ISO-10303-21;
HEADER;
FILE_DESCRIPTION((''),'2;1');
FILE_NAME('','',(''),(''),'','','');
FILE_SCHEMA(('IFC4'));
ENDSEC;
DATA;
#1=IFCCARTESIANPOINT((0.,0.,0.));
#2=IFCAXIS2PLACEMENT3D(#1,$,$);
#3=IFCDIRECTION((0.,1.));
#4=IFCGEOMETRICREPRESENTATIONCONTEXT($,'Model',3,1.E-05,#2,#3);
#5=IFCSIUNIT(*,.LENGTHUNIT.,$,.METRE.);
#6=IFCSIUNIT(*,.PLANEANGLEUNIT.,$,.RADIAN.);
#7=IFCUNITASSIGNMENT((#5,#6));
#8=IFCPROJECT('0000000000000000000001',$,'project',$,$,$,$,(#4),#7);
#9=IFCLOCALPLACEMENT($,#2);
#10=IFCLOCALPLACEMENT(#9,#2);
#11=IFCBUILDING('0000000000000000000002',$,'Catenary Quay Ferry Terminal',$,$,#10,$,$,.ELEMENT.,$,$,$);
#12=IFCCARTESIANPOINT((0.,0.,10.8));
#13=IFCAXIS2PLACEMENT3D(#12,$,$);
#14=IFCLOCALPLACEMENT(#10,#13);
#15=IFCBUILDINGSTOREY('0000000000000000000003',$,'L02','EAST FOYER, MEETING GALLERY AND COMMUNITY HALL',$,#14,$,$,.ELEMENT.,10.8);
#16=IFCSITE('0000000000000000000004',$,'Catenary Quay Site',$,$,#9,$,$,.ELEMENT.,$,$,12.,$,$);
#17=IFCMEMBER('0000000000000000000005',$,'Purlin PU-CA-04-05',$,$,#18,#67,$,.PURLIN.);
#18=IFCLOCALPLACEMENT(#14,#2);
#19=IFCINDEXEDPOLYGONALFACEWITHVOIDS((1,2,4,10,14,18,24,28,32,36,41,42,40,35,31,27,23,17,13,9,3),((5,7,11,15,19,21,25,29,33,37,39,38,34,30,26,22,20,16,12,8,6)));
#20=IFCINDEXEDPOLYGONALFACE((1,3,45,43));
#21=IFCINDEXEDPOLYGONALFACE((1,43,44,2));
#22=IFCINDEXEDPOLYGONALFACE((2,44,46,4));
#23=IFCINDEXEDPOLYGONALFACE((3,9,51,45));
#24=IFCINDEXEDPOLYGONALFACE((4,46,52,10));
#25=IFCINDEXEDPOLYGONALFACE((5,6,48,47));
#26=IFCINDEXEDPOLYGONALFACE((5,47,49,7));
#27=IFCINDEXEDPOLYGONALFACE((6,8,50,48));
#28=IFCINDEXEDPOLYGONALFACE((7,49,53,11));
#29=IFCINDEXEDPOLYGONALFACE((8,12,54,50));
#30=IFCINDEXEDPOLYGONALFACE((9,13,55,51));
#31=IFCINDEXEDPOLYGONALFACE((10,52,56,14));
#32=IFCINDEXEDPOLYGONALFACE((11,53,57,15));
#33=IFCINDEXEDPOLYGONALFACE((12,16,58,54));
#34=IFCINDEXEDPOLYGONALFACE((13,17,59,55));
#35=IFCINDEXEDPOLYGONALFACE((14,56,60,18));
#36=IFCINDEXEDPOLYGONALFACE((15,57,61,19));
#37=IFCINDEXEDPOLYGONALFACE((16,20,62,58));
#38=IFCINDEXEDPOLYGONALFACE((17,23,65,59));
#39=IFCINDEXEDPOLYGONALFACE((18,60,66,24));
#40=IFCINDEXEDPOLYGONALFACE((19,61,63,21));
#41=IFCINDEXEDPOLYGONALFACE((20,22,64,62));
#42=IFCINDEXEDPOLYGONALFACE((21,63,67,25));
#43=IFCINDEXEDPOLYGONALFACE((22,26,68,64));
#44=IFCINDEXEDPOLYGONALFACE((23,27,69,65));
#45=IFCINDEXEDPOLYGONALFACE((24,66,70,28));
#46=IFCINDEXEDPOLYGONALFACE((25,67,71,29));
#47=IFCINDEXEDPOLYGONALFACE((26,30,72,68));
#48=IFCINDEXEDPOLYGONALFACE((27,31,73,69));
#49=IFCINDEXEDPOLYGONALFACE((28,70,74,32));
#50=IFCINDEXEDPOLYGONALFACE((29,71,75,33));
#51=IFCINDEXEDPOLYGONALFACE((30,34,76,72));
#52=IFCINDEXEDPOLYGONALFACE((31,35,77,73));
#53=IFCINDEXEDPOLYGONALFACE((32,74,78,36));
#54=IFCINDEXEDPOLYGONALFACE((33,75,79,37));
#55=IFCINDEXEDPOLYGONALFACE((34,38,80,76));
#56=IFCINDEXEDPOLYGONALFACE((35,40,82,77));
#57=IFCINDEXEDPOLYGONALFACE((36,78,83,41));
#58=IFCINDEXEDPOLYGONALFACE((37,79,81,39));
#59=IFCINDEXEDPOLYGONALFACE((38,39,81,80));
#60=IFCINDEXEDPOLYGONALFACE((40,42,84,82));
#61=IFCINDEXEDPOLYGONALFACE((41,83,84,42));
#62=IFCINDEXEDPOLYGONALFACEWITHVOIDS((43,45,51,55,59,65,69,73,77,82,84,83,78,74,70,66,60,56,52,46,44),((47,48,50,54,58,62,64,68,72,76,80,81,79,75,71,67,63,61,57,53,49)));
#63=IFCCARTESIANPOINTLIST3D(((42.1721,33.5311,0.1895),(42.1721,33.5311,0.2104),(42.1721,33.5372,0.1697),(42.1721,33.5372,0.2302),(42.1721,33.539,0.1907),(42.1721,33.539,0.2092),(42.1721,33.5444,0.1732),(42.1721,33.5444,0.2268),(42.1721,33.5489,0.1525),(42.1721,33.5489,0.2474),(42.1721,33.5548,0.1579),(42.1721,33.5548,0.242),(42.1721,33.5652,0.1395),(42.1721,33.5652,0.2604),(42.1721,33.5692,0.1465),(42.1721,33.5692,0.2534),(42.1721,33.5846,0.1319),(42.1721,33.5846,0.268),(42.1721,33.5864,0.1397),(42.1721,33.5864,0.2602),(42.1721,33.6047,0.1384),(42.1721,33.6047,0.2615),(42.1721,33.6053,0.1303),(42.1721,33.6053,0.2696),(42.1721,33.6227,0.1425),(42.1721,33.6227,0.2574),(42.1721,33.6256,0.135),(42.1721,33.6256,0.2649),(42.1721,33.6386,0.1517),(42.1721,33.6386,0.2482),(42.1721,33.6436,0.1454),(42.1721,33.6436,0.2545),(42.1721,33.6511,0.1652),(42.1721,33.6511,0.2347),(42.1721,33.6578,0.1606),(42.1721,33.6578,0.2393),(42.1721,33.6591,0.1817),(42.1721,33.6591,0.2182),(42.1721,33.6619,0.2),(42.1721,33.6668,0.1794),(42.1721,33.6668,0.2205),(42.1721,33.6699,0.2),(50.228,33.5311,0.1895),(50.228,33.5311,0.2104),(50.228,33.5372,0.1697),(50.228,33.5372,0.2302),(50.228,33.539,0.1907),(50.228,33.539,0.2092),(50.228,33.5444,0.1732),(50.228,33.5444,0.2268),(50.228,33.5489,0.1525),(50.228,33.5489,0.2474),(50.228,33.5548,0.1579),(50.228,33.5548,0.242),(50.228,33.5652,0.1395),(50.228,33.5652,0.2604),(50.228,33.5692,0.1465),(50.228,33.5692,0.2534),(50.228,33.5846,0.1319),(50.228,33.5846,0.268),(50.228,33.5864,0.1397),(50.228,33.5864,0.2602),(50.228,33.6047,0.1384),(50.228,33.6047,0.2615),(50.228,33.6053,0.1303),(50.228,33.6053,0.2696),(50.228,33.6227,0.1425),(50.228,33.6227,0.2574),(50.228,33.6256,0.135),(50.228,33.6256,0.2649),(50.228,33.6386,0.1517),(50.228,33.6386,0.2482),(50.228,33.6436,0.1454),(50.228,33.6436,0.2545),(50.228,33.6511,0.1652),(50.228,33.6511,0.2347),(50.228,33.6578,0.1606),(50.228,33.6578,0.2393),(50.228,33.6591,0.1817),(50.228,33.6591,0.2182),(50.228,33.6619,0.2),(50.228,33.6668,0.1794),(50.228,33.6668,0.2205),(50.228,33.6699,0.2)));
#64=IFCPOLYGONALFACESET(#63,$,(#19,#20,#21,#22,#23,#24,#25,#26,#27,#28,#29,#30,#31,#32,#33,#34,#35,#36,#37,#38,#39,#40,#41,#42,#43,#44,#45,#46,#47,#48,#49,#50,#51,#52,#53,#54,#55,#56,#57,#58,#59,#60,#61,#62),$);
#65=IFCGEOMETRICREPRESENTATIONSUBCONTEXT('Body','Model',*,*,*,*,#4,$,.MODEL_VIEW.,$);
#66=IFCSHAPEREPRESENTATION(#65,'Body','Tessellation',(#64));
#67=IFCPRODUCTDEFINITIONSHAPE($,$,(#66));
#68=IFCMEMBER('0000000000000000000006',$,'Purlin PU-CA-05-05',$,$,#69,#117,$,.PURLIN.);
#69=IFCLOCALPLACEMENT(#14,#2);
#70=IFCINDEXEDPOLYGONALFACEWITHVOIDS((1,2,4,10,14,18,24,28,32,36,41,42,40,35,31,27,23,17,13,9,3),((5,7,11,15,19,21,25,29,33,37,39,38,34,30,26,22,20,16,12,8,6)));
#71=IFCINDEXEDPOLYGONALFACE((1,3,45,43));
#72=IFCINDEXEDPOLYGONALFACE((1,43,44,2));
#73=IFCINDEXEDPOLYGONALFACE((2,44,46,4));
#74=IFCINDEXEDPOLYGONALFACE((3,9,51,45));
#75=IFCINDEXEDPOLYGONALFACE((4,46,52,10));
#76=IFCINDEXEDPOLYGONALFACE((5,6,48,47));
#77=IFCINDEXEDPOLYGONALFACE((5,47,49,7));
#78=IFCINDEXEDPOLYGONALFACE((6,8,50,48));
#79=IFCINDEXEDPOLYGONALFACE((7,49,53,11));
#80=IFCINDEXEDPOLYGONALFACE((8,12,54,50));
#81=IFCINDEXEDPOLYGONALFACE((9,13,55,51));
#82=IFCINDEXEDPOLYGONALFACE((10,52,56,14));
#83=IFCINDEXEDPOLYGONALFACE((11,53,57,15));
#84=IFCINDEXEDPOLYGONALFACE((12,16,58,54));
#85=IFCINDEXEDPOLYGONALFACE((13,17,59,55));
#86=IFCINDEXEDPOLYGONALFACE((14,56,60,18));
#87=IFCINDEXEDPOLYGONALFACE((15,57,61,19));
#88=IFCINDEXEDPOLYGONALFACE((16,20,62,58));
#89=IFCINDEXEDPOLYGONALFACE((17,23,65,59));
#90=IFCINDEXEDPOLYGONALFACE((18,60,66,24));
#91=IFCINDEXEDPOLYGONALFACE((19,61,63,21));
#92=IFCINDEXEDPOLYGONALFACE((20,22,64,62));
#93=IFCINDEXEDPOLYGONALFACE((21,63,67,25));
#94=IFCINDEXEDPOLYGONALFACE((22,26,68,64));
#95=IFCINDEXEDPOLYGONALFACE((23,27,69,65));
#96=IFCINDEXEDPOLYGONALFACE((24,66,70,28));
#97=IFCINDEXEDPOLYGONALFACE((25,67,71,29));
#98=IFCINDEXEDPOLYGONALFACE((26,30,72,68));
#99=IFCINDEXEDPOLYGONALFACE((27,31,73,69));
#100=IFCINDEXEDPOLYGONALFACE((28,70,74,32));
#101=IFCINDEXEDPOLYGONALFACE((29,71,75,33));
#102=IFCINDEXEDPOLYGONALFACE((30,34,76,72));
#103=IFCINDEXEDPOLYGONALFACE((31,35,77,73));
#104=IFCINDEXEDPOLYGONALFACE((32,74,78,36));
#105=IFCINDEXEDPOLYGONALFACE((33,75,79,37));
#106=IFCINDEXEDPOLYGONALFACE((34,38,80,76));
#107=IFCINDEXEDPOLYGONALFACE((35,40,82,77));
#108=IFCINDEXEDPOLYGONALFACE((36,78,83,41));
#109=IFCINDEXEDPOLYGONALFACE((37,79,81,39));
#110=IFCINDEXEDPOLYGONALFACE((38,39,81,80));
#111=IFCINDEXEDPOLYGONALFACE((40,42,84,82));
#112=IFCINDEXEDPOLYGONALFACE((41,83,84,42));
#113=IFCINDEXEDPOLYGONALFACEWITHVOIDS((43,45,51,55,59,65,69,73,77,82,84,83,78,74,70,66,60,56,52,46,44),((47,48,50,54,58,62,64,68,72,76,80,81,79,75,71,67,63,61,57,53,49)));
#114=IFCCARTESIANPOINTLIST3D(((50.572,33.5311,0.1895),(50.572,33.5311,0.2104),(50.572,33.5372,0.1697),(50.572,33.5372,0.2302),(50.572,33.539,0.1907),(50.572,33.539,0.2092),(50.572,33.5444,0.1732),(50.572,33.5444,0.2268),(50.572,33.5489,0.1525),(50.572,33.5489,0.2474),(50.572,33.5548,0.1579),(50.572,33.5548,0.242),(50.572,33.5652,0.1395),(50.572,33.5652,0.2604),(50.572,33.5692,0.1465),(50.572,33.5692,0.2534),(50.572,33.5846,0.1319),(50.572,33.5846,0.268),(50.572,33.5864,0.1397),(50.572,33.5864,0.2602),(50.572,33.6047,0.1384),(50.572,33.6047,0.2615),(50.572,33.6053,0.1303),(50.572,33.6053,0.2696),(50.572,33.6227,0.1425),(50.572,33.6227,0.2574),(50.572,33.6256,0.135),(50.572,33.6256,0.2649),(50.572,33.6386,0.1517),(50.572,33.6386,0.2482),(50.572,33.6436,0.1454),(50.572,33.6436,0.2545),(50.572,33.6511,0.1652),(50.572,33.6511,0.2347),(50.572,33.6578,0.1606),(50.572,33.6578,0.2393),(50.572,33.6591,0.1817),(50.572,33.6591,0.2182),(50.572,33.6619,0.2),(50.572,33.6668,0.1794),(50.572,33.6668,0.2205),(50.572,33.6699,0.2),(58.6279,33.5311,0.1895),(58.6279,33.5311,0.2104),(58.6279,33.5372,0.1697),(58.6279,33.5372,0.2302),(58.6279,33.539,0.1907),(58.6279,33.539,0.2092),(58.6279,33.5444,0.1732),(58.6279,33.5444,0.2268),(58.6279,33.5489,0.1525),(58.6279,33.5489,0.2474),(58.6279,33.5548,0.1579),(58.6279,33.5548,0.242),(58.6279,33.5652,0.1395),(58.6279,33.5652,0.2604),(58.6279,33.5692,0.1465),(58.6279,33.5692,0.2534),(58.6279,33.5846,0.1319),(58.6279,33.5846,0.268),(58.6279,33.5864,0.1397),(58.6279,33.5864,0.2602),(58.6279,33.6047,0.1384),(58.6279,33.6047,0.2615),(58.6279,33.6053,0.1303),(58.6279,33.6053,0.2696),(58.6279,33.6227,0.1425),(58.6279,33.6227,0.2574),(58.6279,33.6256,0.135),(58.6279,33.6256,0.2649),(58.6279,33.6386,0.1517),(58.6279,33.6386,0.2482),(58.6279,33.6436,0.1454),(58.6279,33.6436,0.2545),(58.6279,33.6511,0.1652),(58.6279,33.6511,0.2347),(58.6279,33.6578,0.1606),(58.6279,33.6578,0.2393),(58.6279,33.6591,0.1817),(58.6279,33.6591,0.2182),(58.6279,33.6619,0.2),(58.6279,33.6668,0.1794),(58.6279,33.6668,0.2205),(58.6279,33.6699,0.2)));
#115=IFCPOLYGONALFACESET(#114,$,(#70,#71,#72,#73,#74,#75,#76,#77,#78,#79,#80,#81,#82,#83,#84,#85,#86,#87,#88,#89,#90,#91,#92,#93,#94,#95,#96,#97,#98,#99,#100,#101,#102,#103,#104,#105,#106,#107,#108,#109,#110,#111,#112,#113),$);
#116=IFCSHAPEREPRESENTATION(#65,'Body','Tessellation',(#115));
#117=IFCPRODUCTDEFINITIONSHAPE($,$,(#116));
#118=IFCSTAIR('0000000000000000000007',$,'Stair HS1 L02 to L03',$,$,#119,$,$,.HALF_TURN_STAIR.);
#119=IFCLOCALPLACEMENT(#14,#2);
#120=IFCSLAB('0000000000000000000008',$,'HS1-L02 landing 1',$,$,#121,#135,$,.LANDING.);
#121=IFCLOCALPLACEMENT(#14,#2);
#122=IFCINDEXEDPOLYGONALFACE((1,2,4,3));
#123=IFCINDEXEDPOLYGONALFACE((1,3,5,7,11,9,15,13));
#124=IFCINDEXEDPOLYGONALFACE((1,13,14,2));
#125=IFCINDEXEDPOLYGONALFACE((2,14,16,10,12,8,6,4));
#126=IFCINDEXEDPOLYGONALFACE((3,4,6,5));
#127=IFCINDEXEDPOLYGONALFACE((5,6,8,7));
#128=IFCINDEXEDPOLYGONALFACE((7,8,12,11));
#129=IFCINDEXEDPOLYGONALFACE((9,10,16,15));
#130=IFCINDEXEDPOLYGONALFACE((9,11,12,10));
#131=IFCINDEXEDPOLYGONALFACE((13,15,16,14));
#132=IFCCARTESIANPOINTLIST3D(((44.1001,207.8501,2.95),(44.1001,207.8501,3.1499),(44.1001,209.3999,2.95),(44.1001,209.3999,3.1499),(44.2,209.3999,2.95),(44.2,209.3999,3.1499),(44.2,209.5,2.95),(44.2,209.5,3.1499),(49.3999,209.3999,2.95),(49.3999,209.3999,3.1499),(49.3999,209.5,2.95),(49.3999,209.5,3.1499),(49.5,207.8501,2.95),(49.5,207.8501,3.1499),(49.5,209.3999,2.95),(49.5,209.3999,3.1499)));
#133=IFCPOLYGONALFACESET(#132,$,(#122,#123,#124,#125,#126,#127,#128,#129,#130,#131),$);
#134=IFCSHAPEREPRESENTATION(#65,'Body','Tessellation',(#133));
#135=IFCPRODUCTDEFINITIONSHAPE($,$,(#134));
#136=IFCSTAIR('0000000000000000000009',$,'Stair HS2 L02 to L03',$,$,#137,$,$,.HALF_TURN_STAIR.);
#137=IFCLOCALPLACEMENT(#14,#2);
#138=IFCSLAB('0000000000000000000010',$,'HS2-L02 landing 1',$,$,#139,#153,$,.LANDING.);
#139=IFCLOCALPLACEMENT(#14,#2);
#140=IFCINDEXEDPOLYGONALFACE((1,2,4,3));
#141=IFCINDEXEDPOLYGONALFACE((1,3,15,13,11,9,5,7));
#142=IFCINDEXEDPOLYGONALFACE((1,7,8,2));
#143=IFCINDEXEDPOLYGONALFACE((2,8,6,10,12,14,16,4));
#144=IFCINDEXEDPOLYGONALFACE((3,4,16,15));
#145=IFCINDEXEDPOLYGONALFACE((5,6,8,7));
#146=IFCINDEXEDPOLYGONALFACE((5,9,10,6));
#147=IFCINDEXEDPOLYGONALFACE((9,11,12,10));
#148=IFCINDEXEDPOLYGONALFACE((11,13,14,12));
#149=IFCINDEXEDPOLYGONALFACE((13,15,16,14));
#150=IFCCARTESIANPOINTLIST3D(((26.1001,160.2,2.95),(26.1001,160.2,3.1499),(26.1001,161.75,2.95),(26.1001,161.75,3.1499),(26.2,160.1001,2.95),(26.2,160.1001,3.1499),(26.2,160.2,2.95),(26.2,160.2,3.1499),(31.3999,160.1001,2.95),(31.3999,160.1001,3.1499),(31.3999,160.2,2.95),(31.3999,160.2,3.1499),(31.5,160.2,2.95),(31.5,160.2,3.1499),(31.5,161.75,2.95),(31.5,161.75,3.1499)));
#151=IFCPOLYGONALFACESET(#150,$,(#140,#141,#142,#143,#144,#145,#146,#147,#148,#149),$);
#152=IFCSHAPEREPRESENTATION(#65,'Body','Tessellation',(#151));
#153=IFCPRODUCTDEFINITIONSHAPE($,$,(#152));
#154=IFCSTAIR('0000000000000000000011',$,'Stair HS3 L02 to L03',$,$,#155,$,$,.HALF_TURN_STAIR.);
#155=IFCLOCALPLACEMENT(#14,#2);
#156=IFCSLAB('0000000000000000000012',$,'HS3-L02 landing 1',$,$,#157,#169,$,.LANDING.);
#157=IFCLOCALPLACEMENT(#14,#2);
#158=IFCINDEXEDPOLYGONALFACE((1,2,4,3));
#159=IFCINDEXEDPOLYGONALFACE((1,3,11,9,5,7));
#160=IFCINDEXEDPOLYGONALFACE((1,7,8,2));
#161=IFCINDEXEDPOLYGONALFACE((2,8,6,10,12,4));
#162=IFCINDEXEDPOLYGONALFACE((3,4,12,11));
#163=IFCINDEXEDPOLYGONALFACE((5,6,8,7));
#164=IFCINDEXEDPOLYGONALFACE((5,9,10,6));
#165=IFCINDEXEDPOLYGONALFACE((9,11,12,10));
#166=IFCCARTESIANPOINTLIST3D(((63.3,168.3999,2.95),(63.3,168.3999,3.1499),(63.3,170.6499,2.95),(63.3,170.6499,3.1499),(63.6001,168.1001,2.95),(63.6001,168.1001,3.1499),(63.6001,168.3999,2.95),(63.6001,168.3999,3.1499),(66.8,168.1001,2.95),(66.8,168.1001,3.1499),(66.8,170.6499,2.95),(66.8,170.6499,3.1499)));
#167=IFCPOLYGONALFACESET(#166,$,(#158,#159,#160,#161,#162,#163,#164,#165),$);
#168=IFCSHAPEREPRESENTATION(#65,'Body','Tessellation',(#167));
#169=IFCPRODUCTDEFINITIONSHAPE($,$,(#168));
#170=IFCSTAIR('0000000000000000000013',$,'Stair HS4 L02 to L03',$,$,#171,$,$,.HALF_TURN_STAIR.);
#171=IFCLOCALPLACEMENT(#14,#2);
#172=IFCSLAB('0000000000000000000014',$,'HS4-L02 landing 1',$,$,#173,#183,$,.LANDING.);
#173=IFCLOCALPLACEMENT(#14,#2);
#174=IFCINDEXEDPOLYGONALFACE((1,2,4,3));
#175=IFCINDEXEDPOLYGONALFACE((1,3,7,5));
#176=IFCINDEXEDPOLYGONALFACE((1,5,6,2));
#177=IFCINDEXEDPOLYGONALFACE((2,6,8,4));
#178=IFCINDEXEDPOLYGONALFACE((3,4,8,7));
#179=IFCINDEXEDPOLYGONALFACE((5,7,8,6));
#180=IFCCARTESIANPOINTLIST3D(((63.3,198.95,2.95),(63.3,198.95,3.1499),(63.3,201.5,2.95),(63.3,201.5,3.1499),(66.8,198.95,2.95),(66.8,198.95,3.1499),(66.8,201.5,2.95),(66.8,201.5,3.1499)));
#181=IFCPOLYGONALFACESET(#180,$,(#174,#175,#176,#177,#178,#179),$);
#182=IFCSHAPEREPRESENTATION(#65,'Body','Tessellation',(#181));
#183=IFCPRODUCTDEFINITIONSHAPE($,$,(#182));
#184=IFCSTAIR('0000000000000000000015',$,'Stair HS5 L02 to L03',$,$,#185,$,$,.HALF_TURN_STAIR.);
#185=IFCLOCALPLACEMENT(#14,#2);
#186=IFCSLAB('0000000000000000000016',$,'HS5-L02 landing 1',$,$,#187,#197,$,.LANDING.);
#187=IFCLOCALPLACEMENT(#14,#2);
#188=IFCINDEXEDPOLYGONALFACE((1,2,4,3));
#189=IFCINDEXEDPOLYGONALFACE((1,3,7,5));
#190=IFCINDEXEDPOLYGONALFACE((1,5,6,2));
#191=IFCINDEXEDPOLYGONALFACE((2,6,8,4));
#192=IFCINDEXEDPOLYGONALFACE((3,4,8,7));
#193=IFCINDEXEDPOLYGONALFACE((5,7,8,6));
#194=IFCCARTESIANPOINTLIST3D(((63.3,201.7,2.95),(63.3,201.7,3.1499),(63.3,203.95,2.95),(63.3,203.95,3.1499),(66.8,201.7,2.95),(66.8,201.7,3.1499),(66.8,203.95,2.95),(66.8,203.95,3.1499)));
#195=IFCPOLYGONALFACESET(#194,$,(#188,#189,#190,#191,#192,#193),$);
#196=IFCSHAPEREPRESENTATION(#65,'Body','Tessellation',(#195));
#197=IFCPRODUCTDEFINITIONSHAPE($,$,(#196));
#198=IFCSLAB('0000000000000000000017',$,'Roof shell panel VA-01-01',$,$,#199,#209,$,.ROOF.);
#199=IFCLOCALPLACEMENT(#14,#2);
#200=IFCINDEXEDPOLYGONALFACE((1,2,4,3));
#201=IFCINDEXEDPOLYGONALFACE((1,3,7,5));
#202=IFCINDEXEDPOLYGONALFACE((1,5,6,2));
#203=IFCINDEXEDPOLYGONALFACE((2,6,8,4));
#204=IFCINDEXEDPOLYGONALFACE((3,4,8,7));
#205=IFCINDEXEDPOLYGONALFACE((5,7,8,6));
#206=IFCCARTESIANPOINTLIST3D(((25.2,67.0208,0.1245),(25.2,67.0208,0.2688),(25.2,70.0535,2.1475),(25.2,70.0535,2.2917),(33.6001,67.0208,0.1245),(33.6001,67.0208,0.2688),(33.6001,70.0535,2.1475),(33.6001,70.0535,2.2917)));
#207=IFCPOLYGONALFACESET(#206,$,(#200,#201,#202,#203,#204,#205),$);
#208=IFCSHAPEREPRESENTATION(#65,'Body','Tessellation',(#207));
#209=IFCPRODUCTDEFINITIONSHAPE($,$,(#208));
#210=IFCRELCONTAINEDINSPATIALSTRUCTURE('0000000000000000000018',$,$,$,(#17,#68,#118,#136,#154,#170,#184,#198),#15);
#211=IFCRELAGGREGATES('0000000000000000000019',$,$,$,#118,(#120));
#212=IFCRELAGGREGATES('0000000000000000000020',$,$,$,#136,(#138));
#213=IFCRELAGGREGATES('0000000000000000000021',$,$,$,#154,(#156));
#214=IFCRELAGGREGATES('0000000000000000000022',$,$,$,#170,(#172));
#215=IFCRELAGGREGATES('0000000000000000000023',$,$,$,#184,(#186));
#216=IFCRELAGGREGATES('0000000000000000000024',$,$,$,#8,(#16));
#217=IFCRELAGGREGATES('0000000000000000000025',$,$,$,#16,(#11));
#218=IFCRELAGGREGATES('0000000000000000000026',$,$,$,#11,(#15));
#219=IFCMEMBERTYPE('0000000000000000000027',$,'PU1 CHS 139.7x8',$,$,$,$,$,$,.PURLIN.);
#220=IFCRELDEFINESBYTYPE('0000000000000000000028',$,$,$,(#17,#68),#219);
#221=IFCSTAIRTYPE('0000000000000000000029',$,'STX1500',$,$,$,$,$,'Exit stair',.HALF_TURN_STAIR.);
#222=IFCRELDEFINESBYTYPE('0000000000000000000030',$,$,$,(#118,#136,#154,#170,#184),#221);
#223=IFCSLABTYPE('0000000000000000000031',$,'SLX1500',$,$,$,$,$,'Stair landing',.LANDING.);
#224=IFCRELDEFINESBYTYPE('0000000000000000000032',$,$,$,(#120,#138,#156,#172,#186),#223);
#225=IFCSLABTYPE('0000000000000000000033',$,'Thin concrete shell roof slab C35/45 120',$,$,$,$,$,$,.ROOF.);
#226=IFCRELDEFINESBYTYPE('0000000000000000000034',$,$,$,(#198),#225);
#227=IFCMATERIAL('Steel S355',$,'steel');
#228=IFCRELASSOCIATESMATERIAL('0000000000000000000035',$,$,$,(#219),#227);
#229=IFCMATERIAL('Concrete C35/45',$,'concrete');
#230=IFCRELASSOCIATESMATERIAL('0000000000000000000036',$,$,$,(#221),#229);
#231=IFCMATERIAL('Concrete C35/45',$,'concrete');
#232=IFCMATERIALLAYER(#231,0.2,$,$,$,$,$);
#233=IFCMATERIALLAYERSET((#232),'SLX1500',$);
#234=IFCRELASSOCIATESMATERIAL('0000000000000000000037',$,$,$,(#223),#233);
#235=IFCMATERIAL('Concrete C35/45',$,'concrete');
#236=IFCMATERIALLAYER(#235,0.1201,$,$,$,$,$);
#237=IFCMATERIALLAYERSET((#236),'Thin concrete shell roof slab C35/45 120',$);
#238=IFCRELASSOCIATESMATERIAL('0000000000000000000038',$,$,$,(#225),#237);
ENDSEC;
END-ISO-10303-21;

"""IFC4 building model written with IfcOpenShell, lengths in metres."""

from ifc_helpers import new_model, si_unit, direction, frame, origin, origin_2d, place, context, subcontext, project, spatial, polyline, hollow_circle, outline, extrude, material, layer, layer_set, material_profile, profile_set, type_object, element, aggregate, save


model = new_model("IFC4")

# Units and contexts
model_context = context("Model", 3, precision=1e-05, world=origin(), true_north=direction((0.0, 1.0)))
body_context = subcontext(model_context, "Body", "Model", "MODEL_VIEW")
ifc_project = project(units=[si_unit("LENGTHUNIT", "METRE"), si_unit("PLANEANGLEUNIT", "RADIAN")], contexts=[model_context])

# Site, building, storey
site_placement = place(None, origin())
site = spatial("IfcSite", under=ifc_project, at=site_placement, Name="Catenary Quay Site", CompositionType="ELEMENT", RefElevation=12.0)
building_placement = place(site_placement, origin())
building = spatial("IfcBuilding", under=site, at=building_placement, Name="Catenary Quay Ferry Terminal", CompositionType="ELEMENT")
storey_placement = place(building_placement, frame((0.0, 0.0, 10.8)))
storey = spatial("IfcBuildingStorey", under=building, at=storey_placement, Name="L02", Description="EAST FOYER, MEETING GALLERY AND COMMUNITY HALL", CompositionType="ELEMENT", Elevation=10.8)

# Members
ifc_material_1 = material(Name="Steel S355", Category="steel")
ifc_material_profile = material_profile(ifc_material_1, hollow_circle(Radius=0.0698, WallThickness=0.0081, at=origin_2d()), Name="CHS 139.7x8")
ifc_profile_set = profile_set([ifc_material_profile], Name="Steel S355")
member_type = type_object("IfcMemberType", Name="PU1 CHS 139.7x8", PredefinedType="PURLIN", material=ifc_profile_set)
for number, where, z_axis, x_axis, name in (
    (1, (42.1721, 33.6001, 0.2), (1.0, 0.0, 0.0), (0.0, 1.0, 0.0), "Purlin PU-CA-04-05"),
    (2, (50.572, 33.6001, 0.2), (1.0, 0.0, 0.0), (0.0, 1.0, 0.0), "Purlin PU-CA-05-05"),
):
    element("IfcMember", number, at=place(storey_placement, frame(where, z_axis=z_axis, x_axis=x_axis)), inside=storey, type_object=member_type, Name=name, PredefinedType="PURLIN", context=body_context, shape_type="SweptSolid", body=[
        extrude(hollow_circle(Radius=0.0698, WallThickness=0.0081, at=origin_2d()), origin(), (0.0, 0.0, 1.0), 8.0559),
    ])

# Stairs, slabs
ifc_material_2 = material(Name="Concrete C35/45", Category="concrete")
stair_type = type_object("IfcStairType", Name="STX1500", ElementType="Exit stair", PredefinedType="HALF_TURN_STAIR", material=ifc_material_2)
stair_1_placement = place(storey_placement, origin())
stair_1 = element("IfcStair", 3, at=stair_1_placement, inside=storey, type_object=stair_type, Name="Stair HS1 L02 to L03", PredefinedType="HALF_TURN_STAIR")
ifc_material_3 = material(Name="Concrete C35/45", Category="concrete")
ifc_layer_1 = layer(ifc_material_3, 0.2)
ifc_layer_set_1 = layer_set([ifc_layer_1], Name="SLX1500")
slab_type_1 = type_object("IfcSlabType", Name="SLX1500", ElementType="Stair landing", PredefinedType="LANDING", material=ifc_layer_set_1)
slab_1_placement = place(storey_placement, frame((0.0, 0.0, 2.95)))
slab_1 = element("IfcSlab", 4, at=slab_1_placement, type_object=slab_type_1, Name="HS1-L02 landing 1", PredefinedType="LANDING", context=body_context, shape_type="SweptSolid", body=[
    extrude(outline(polyline([(44.2, 209.3999), (44.2, 209.5), (49.3999, 209.5), (49.3999, 209.3999), (49.5, 209.3999), (49.5, 207.8501), (44.1001, 207.8501), (44.1001, 209.3999), (44.2, 209.3999)])), origin(), (0.0, 0.0, 1.0), 0.2),
])
aggregate(stair_1, [slab_1])
stair_2_placement = place(storey_placement, origin())
stair_2 = element("IfcStair", 5, at=stair_2_placement, inside=storey, type_object=stair_type, Name="Stair HS2 L02 to L03", PredefinedType="HALF_TURN_STAIR")
slab_2_placement = place(storey_placement, frame((0.0, 0.0, 2.95)))
slab_2 = element("IfcSlab", 6, at=slab_2_placement, type_object=slab_type_1, Name="HS2-L02 landing 1", PredefinedType="LANDING", context=body_context, shape_type="SweptSolid", body=[
    extrude(outline(polyline([(26.2, 160.1001), (26.2, 160.2), (26.1001, 160.2), (26.1001, 161.75), (31.5, 161.75), (31.5, 160.2), (31.3999, 160.2), (31.3999, 160.1001), (26.2, 160.1001)])), origin(), (0.0, 0.0, 1.0), 0.2),
])
aggregate(stair_2, [slab_2])
stair_3_placement = place(storey_placement, origin())
stair_3 = element("IfcStair", 7, at=stair_3_placement, inside=storey, type_object=stair_type, Name="Stair HS3 L02 to L03", PredefinedType="HALF_TURN_STAIR")
slab_3_placement = place(storey_placement, frame((0.0, 0.0, 2.95)))
slab_3 = element("IfcSlab", 8, at=slab_3_placement, type_object=slab_type_1, Name="HS3-L02 landing 1", PredefinedType="LANDING", context=body_context, shape_type="SweptSolid", body=[
    extrude(outline(polyline([(63.6001, 168.1001), (63.6001, 168.3999), (63.3, 168.3999), (63.3, 170.6499), (66.8, 170.6499), (66.8, 168.1001), (63.6001, 168.1001)])), origin(), (0.0, 0.0, 1.0), 0.2),
])
aggregate(stair_3, [slab_3])
stair_4_placement = place(storey_placement, origin())
stair_4 = element("IfcStair", 9, at=stair_4_placement, inside=storey, type_object=stair_type, Name="Stair HS4 L02 to L03", PredefinedType="HALF_TURN_STAIR")
slab_4_placement = place(storey_placement, frame((0.0, 0.0, 2.95)))
slab_4 = element("IfcSlab", 10, at=slab_4_placement, type_object=slab_type_1, Name="HS4-L02 landing 1", PredefinedType="LANDING", context=body_context, shape_type="SweptSolid", body=[
    extrude(outline(polyline([(63.3, 201.5), (66.8, 201.5), (66.8, 198.95), (63.3, 198.95), (63.3, 201.5)])), origin(), (0.0, 0.0, 1.0), 0.2),
])
aggregate(stair_4, [slab_4])
stair_5_placement = place(storey_placement, origin())
stair_5 = element("IfcStair", 11, at=stair_5_placement, inside=storey, type_object=stair_type, Name="Stair HS5 L02 to L03", PredefinedType="HALF_TURN_STAIR")
slab_5_placement = place(storey_placement, frame((0.0, 0.0, 2.95)))
slab_5 = element("IfcSlab", 12, at=slab_5_placement, type_object=slab_type_1, Name="HS5-L02 landing 1", PredefinedType="LANDING", context=body_context, shape_type="SweptSolid", body=[
    extrude(outline(polyline([(63.3, 203.95), (66.8, 203.95), (66.8, 201.7), (63.3, 201.7), (63.3, 203.95)])), origin(), (0.0, 0.0, 1.0), 0.2),
])
aggregate(stair_5, [slab_5])

# Slab
ifc_material_4 = material(Name="Concrete C35/45", Category="concrete")
ifc_layer_2 = layer(ifc_material_4, 0.1201)
ifc_layer_set_2 = layer_set([ifc_layer_2], Name="Thin concrete shell roof slab C35/45 120")
slab_type_2 = type_object("IfcSlabType", Name="Thin concrete shell roof slab C35/45 120", PredefinedType="ROOF", material=ifc_layer_set_2)
slab_6_placement = place(storey_placement, frame((25.2, 67.0208, 0.2688), z_axis=(0.0, -0.554917, 0.831906), x_axis=(1.0, 0.0, 0.0)))
element("IfcSlab", 13, at=slab_6_placement, inside=storey, type_object=slab_type_2, Name="Roof shell panel VA-01-01", PredefinedType="ROOF", context=body_context, shape_type="SweptSolid", body=[
    extrude(outline(polyline([(0.0, 0.0), (8.4001, 0.0), (8.4001, 3.6455), (0.0, 3.6455), (0.0, 0.0)])), origin(), (0.0, -0.554917, -0.831906), 0.1443),
])

save(model, "model.ifc")
